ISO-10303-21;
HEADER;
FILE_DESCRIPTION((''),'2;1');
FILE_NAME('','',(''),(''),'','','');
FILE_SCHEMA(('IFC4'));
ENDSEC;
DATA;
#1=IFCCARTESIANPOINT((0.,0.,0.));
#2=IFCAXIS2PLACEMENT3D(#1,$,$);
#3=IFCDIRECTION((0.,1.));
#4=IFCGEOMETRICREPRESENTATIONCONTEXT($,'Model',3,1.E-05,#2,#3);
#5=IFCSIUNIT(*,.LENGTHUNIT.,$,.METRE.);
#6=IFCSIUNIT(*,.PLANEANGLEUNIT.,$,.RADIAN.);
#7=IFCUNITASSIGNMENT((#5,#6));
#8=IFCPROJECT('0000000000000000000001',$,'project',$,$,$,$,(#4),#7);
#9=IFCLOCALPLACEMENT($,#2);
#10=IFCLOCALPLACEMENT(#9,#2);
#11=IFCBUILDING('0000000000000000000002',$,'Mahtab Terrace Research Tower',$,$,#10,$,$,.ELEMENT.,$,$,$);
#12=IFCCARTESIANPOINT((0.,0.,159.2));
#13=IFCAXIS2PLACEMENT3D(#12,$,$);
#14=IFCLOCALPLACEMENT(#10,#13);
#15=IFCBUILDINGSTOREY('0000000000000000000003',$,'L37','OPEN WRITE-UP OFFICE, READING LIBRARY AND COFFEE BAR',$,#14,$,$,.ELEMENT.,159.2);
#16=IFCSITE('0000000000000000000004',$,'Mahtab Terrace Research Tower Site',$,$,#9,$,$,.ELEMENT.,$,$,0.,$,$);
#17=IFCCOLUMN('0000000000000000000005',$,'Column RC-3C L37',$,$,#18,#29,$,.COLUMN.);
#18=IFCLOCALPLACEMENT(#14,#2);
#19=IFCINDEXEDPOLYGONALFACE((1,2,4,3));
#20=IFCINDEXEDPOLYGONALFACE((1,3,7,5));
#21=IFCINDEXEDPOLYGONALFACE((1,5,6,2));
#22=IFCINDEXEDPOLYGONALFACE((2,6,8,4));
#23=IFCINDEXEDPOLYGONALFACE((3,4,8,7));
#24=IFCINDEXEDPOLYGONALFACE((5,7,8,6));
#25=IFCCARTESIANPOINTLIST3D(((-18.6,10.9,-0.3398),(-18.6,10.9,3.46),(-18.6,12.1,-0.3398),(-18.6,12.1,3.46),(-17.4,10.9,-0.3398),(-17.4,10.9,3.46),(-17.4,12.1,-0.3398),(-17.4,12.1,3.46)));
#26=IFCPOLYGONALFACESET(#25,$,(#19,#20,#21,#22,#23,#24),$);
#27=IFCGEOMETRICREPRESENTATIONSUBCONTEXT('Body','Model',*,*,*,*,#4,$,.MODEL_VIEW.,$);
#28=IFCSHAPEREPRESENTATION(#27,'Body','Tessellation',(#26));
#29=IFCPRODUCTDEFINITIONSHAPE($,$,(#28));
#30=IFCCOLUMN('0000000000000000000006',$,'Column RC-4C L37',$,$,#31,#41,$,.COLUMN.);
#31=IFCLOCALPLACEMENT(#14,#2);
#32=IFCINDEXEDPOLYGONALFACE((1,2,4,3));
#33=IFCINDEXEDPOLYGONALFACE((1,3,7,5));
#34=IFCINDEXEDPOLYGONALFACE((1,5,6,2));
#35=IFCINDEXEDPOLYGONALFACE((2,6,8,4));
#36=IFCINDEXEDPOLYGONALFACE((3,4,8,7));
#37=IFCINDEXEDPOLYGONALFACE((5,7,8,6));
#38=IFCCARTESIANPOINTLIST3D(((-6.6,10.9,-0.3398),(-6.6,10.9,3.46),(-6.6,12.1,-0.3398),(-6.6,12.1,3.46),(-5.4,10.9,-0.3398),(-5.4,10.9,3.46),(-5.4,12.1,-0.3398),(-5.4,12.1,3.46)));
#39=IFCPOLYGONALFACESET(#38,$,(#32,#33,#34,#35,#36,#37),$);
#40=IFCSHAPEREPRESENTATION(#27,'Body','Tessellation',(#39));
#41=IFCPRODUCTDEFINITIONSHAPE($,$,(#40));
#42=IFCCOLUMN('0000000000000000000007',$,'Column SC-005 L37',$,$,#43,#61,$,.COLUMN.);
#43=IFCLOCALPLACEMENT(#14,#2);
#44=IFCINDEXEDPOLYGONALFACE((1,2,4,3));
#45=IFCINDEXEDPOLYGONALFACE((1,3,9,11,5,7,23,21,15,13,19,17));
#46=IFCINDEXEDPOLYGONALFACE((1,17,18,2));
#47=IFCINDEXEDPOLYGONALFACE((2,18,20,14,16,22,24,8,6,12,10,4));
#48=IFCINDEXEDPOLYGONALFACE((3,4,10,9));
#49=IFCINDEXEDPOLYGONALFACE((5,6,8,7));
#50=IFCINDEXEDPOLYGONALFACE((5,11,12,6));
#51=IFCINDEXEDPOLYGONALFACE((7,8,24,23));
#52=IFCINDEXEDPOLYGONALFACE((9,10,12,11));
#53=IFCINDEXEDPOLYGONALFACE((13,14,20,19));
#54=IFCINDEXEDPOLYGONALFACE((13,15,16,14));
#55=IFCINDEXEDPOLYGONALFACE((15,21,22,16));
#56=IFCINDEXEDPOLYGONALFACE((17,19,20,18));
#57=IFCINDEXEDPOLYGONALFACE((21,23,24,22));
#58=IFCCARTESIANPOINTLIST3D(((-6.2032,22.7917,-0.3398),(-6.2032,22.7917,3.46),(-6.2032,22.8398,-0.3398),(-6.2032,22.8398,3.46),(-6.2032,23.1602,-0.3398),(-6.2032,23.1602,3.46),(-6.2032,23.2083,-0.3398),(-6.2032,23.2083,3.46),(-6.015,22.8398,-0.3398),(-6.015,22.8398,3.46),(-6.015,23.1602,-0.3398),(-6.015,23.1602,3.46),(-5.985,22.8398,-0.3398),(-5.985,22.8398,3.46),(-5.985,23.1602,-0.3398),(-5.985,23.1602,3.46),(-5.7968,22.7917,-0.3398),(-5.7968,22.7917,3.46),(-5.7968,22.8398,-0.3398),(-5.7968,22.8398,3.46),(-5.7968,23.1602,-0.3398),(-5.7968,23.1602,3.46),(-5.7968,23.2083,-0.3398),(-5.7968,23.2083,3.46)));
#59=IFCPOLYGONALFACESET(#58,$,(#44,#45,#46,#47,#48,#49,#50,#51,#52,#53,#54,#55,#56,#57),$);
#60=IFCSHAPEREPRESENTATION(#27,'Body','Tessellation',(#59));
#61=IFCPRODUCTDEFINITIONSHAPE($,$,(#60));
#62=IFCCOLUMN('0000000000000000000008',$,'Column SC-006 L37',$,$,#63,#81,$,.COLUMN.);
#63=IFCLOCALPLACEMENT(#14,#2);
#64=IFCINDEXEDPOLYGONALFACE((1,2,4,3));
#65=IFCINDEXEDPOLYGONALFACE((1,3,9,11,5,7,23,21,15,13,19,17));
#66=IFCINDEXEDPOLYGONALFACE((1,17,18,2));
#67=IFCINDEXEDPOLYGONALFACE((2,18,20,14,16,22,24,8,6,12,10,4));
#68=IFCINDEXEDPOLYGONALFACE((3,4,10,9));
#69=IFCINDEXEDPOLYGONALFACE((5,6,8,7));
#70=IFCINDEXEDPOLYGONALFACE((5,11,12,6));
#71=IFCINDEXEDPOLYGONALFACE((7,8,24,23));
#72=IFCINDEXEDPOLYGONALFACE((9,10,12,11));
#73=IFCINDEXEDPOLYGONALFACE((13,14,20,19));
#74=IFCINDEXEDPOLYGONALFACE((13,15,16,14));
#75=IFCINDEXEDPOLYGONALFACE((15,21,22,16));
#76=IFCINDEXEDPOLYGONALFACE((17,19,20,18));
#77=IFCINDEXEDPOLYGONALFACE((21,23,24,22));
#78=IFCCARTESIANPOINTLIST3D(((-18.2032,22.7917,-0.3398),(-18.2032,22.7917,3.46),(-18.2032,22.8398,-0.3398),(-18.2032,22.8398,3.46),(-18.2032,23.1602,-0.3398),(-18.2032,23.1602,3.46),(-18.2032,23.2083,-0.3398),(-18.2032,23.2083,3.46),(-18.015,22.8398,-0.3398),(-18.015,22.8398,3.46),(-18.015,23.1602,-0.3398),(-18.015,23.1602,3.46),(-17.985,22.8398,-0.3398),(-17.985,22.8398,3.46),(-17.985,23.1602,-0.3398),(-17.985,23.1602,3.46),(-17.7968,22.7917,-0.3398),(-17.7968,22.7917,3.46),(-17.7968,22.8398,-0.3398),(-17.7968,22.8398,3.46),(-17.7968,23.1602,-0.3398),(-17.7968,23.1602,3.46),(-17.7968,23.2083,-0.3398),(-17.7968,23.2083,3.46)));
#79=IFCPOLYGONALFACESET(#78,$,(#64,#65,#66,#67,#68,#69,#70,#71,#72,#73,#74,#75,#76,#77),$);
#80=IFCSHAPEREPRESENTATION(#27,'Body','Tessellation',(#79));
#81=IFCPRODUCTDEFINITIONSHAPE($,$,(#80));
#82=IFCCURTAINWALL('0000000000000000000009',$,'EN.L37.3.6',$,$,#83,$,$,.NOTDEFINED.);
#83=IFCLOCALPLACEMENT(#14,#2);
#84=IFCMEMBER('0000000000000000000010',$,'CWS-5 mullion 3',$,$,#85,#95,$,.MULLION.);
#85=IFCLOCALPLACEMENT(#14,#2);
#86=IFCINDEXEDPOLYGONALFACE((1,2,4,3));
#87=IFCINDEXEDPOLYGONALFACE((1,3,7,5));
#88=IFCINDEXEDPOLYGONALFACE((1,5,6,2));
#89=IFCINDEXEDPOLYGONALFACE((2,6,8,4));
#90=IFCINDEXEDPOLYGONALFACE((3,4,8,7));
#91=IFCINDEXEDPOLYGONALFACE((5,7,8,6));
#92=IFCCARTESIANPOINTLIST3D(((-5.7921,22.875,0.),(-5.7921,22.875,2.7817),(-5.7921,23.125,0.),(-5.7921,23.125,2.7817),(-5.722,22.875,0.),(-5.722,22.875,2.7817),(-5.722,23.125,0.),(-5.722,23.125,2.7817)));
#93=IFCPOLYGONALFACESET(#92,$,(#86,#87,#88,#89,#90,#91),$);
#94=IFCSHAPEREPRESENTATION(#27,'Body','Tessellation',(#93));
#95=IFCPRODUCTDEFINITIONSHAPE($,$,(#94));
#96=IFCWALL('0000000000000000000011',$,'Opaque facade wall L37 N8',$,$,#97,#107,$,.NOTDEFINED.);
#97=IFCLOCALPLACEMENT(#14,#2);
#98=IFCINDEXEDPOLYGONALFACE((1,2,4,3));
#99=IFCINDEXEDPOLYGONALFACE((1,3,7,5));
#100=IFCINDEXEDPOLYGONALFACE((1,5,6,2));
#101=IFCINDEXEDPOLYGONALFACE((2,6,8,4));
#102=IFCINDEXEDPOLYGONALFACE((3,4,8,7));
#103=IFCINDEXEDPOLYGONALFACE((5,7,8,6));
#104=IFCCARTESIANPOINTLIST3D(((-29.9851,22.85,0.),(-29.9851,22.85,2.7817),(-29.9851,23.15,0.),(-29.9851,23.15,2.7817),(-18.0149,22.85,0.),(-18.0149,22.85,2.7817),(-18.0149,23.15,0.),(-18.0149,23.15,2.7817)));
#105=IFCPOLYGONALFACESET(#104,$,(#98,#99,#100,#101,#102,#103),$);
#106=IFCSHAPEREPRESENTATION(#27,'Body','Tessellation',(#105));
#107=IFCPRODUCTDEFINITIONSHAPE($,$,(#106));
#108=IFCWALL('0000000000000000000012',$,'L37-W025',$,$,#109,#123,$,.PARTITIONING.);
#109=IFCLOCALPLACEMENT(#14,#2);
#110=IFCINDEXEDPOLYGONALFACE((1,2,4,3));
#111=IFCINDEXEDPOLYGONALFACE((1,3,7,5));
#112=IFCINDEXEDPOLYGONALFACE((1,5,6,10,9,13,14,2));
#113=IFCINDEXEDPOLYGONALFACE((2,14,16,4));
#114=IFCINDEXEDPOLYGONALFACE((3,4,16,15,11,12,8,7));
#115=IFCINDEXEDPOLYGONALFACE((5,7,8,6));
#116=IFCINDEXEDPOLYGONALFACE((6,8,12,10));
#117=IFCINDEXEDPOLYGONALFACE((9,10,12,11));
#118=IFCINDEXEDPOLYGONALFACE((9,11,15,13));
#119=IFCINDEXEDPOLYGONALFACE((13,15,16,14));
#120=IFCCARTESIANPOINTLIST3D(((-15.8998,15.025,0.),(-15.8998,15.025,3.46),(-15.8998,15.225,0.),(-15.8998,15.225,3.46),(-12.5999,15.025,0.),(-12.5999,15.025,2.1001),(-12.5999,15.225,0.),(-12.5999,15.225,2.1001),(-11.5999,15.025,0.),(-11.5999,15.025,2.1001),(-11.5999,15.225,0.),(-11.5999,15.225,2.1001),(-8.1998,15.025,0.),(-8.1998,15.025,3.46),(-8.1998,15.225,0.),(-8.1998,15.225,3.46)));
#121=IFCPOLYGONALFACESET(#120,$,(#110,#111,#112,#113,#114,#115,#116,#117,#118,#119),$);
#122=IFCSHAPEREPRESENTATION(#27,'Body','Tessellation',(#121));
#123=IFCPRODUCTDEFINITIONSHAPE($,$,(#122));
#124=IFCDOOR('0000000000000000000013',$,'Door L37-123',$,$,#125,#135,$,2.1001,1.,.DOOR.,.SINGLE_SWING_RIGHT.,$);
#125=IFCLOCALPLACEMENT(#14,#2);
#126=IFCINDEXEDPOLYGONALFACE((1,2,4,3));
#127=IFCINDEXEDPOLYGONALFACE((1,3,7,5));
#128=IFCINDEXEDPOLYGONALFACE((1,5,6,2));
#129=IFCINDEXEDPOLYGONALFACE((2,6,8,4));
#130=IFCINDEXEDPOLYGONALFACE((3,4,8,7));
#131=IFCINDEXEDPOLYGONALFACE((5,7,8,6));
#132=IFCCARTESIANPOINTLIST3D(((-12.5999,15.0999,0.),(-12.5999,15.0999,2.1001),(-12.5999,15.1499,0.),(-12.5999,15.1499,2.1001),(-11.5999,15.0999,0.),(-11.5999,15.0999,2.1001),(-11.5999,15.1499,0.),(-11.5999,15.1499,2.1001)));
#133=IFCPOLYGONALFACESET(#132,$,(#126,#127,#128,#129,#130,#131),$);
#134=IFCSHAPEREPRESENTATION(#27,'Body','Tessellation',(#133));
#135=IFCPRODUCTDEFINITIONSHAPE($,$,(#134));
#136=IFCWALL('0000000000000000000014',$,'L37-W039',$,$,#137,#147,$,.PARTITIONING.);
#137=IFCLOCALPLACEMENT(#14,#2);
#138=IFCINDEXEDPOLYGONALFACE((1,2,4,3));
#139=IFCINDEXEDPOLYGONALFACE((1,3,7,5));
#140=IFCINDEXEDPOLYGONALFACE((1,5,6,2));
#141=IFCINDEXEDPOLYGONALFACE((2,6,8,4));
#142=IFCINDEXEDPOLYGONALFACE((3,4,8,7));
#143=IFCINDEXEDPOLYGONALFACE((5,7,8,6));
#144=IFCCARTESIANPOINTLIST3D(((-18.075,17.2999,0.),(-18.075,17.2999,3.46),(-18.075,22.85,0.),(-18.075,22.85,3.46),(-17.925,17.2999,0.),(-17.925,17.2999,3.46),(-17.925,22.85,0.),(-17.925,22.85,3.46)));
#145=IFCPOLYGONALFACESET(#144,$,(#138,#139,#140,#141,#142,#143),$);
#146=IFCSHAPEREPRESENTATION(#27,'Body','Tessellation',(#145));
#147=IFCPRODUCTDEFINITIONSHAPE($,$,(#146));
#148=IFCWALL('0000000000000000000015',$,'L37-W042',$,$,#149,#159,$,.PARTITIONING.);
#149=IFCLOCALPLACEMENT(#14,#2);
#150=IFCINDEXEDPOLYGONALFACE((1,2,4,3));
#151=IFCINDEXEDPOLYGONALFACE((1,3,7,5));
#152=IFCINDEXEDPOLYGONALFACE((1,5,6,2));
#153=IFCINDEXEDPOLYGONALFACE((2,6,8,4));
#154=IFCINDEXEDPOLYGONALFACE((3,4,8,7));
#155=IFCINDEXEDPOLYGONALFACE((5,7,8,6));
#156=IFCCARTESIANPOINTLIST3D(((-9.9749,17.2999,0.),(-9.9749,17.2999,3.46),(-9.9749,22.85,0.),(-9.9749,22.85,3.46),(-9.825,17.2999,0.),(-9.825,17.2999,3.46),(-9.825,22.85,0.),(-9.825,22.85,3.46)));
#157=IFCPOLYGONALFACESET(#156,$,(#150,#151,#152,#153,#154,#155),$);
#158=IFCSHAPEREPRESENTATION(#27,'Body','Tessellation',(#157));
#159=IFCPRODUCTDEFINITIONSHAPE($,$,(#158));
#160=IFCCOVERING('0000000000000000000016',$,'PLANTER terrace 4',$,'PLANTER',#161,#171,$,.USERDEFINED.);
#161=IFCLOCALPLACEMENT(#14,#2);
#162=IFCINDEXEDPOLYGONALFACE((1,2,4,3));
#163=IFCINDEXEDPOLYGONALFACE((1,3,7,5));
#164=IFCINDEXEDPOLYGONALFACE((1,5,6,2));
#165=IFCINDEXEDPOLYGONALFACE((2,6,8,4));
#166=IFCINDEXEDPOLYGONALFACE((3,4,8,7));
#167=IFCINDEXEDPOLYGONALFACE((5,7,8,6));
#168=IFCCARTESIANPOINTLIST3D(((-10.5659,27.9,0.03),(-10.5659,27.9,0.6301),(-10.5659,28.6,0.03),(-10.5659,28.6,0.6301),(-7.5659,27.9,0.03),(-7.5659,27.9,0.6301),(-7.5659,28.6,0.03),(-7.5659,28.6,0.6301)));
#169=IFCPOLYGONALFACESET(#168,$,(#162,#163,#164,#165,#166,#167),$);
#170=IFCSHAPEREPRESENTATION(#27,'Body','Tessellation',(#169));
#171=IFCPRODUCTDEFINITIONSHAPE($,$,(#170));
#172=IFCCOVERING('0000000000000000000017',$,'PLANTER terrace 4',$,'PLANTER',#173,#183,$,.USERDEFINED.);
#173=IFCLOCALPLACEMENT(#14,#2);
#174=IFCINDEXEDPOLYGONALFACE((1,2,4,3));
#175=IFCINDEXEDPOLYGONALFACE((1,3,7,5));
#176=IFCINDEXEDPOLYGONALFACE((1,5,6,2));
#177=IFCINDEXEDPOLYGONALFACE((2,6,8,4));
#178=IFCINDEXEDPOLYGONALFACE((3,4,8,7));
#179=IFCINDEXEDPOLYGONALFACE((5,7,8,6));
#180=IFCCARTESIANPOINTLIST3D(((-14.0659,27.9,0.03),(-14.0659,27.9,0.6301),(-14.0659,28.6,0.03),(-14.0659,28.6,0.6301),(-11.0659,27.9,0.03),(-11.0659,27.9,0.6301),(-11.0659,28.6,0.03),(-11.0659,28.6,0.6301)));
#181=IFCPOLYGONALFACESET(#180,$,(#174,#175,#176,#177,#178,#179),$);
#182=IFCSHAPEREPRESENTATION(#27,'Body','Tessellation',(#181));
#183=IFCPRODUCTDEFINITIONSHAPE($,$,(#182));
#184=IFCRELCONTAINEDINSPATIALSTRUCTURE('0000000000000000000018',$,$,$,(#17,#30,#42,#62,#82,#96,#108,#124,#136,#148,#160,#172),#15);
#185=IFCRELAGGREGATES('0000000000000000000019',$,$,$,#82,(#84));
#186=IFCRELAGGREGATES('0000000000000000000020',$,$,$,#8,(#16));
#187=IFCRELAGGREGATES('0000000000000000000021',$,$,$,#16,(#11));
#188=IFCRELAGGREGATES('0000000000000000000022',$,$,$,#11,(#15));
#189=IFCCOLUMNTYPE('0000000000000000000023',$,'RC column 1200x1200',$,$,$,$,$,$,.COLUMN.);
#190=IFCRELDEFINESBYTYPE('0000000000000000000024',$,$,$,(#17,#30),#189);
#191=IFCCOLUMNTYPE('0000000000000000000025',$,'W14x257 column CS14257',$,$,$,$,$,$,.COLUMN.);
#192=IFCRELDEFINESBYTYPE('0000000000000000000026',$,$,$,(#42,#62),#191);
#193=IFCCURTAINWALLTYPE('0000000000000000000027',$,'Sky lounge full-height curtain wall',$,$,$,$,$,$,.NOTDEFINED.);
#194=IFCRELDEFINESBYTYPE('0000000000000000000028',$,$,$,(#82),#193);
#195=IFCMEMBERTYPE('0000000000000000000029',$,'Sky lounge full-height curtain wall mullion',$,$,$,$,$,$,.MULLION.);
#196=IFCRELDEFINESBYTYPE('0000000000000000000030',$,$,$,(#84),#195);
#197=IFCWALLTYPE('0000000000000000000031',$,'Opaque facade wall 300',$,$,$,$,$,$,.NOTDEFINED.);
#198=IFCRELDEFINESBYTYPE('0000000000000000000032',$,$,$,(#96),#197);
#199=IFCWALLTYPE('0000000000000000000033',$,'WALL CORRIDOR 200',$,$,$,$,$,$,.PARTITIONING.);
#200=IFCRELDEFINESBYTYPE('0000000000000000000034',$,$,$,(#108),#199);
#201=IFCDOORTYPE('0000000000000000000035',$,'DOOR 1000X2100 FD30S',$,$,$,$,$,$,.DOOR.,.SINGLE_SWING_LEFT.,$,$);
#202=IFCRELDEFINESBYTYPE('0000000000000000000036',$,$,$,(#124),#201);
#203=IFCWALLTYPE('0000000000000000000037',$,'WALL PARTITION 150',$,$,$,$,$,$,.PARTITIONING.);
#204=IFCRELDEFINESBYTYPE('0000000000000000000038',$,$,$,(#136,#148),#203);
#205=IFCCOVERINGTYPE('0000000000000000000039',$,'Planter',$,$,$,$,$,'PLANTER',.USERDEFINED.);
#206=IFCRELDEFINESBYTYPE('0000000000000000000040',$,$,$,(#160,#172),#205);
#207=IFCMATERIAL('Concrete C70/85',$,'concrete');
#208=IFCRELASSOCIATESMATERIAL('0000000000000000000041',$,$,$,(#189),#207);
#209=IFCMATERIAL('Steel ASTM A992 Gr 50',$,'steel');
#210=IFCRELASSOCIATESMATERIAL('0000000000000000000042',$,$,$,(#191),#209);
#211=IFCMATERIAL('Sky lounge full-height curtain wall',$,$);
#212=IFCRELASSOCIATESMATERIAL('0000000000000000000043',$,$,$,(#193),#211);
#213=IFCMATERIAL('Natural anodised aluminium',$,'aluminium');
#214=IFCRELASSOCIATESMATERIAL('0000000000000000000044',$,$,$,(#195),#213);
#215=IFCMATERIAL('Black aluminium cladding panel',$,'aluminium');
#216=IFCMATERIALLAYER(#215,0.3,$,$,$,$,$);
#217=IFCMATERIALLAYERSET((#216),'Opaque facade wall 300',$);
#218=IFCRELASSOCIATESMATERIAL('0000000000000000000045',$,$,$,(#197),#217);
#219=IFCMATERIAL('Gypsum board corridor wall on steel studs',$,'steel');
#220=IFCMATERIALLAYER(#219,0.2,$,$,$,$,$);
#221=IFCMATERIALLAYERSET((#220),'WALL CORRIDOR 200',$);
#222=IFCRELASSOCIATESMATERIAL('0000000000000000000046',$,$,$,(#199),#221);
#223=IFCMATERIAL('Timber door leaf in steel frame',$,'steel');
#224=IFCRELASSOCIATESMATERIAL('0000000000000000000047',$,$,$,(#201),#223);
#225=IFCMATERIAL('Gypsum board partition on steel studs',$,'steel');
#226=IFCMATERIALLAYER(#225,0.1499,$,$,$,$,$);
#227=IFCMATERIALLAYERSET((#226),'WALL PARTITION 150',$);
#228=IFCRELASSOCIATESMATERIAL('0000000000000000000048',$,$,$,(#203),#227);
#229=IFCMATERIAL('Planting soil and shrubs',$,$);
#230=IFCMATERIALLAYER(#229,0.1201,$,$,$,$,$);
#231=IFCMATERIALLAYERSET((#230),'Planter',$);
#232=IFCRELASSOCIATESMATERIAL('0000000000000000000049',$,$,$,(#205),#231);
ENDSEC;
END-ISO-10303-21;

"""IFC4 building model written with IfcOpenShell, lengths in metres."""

from ifc_helpers import new_model, si_unit, direction, frame, frame_2d, origin, origin_2d, place, context, subcontext, project, spatial, rectangle, i_section, extrude, material, layer, layer_set, material_profile, profile_set, type_object, element, fill, aggregate, save


model = new_model("IFC4")

# Units and contexts
model_context = context("Model", 3, precision=1e-05, world=origin(), true_north=direction((0.0, 1.0)))
body_context = subcontext(model_context, "Body", "Model", "MODEL_VIEW")
ifc_project = project(units=[si_unit("LENGTHUNIT", "METRE"), si_unit("PLANEANGLEUNIT", "RADIAN")], contexts=[model_context])

# Site, building, storey
site_placement = place(None, origin())
site = spatial("IfcSite", under=ifc_project, at=site_placement, Name="Mahtab Terrace Research Tower Site", CompositionType="ELEMENT", RefElevation=0.0)
building_placement = place(site_placement, origin())
building = spatial("IfcBuilding", under=site, at=building_placement, Name="Mahtab Terrace Research Tower", CompositionType="ELEMENT")
storey_placement = place(building_placement, frame((0.0, 0.0, 159.2)))
storey = spatial("IfcBuildingStorey", under=building, at=storey_placement, Name="L37", Description="OPEN WRITE-UP OFFICE, READING LIBRARY AND COFFEE BAR", CompositionType="ELEMENT", Elevation=159.2)

# Columns
ifc_material_1 = material(Name="Concrete C70/85", Category="concrete")
ifc_material_profile_1 = material_profile(ifc_material_1, rectangle(XDim=1.2, YDim=1.2, at=origin_2d()), Name="RC column 1200x1200")
ifc_profile_set_1 = profile_set([ifc_material_profile_1], Name="Concrete C70/85")
column_type_1 = type_object("IfcColumnType", Name="RC column 1200x1200", PredefinedType="COLUMN", material=ifc_profile_set_1)
for number, where, z_axis, x_axis, name in (
    (1, (-18.0, 11.5, -0.3398), (0.0, 0.0, 1.0), (1.0, 0.0, 0.0), "Column RC-3C L37"),
    (2, (-6.0, 11.5, -0.3398), (0.0, 0.0, 1.0), (1.0, 0.0, 0.0), "Column RC-4C L37"),
):
    element("IfcColumn", number, at=place(storey_placement, frame(where, z_axis=z_axis, x_axis=x_axis)), inside=storey, type_object=column_type_1, Name=name, PredefinedType="COLUMN", context=body_context, shape_type="SweptSolid", body=[
        extrude(rectangle(XDim=1.2, YDim=1.2, at=origin_2d()), origin(), (0.0, 0.0, 1.0), 3.7998),
    ])
ifc_material_2 = material(Name="Steel ASTM A992 Gr 50", Category="steel")
ifc_material_profile_2 = material_profile(ifc_material_2, i_section(OverallWidth=0.4065, OverallDepth=0.4165, WebThickness=0.03, FlangeThickness=0.0481, at=origin_2d()), Name="W14X257")
ifc_profile_set_2 = profile_set([ifc_material_profile_2], Name="Steel ASTM A992 Gr 50")
column_type_2 = type_object("IfcColumnType", Name="W14x257 column CS14257", PredefinedType="COLUMN", material=ifc_profile_set_2)
for number, where, z_axis, x_axis, name in (
    (3, (-6.0, 23.0, -0.3398), (0.0, 0.0, 1.0), (1.0, 0.0, 0.0), "Column SC-005 L37"),
    (4, (-18.0, 23.0, -0.3398), (0.0, 0.0, 1.0), (1.0, 0.0, 0.0), "Column SC-006 L37"),
):
    element("IfcColumn", number, at=place(storey_placement, frame(where, z_axis=z_axis, x_axis=x_axis)), inside=storey, type_object=column_type_2, Name=name, PredefinedType="COLUMN", context=body_context, shape_type="SweptSolid", body=[
        extrude(i_section(OverallWidth=0.4065, OverallDepth=0.4165, WebThickness=0.03, FlangeThickness=0.0481, at=origin_2d()), origin(), (0.0, 0.0, 1.0), 3.7998),
    ])

# Curtain wall, member
ifc_material_3 = material(Name="Sky lounge full-height curtain wall")
curtain_wall_type = type_object("IfcCurtainWallType", Name="Sky lounge full-height curtain wall", PredefinedType="NOTDEFINED", material=ifc_material_3)
curtain_wall_placement = place(storey_placement, origin())
curtain_wall = element("IfcCurtainWall", 5, at=curtain_wall_placement, inside=storey, type_object=curtain_wall_type, Name="EN.L37.3.6", PredefinedType="NOTDEFINED")
ifc_material_4 = material(Name="Natural anodised aluminium", Category="aluminium")
ifc_material_profile_3 = material_profile(ifc_material_4, rectangle(XDim=0.25, YDim=0.0701, at=origin_2d()), Name="MULLION 70x250")
ifc_profile_set_3 = profile_set([ifc_material_profile_3], Name="Natural anodised aluminium")
member_type = type_object("IfcMemberType", Name="Sky lounge full-height curtain wall mullion", PredefinedType="MULLION", material=ifc_profile_set_3)
member_placement = place(storey_placement, frame((-5.7571, 23.0, 0.0), z_axis=(0.0, 0.0, 1.0), x_axis=(0.0, -1.0, 0.0)))
member = element("IfcMember", 6, at=member_placement, type_object=member_type, Name="CWS-5 mullion 3", PredefinedType="MULLION", context=body_context, shape_type="SweptSolid", body=[
    extrude(rectangle(XDim=0.25, YDim=0.0701, at=origin_2d()), origin(), (0.0, 0.0, 1.0), 2.7817),
])
aggregate(curtain_wall, [member])

# Shared definitions
ifc_material_5 = material(Name="Black aluminium cladding panel", Category="aluminium")
ifc_layer_1 = layer(ifc_material_5, 0.3)
ifc_layer_set_1 = layer_set([ifc_layer_1], Name="Opaque facade wall 300")
wall_type_1 = type_object("IfcWallType", Name="Opaque facade wall 300", PredefinedType="NOTDEFINED", material=ifc_layer_set_1)

# Wall
wall_1_placement = place(storey_placement, frame((-18.0149, 23.0, 0.0), z_axis=(0.0, 0.0, 1.0), x_axis=(-1.0, 0.0, 0.0)))
element("IfcWall", 7, at=wall_1_placement, inside=storey, type_object=wall_type_1, Name="Opaque facade wall L37 N8", PredefinedType="NOTDEFINED", context=body_context, shape_type="SweptSolid", body=[
    extrude(rectangle(XDim=11.9702, YDim=0.3, at=frame_2d((5.9851, 0.0))), origin(), (0.0, 0.0, 1.0), 2.7817),
])

# Wall, opening, door
ifc_material_6 = material(Name="Gypsum board corridor wall on steel studs", Category="steel")
ifc_layer_2 = layer(ifc_material_6, 0.2)
ifc_layer_set_2 = layer_set([ifc_layer_2], Name="WALL CORRIDOR 200")
wall_type_2 = type_object("IfcWallType", Name="WALL CORRIDOR 200", PredefinedType="PARTITIONING", material=ifc_layer_set_2)
wall_2_placement = place(storey_placement, frame((-15.8999, 15.125, 0.0), z_axis=(0.0, 0.0, 1.0), x_axis=(1.0, 0.0, 0.0)))
wall_2 = element("IfcWall", 8, at=wall_2_placement, inside=storey, type_object=wall_type_2, Name="L37-W025", PredefinedType="PARTITIONING", context=body_context, shape_type="SweptSolid", body=[
    extrude(rectangle(XDim=7.7, YDim=0.2, at=frame_2d((3.8501, 0.0))), origin(), (0.0, 0.0, 1.0), 3.46),
])
opening_1_placement = place(wall_2_placement, frame((3.3, 0.0, 0.0)))
opening_1 = element("IfcOpeningElement", 9, at=opening_1_placement, cuts=wall_2, PredefinedType="OPENING", context=body_context, shape_type="SweptSolid", body=[
    extrude(rectangle(XDim=1.0, YDim=2.1001, at=frame_2d((0.5, 1.05))), frame((0.0, 0.1099, 0.0), z_axis=(0.0, -1.0, 0.0), x_axis=(1.0, 0.0, 0.0)), (0.0, 0.0, 1.0), 0.22),
])
ifc_material_7 = material(Name="Timber door leaf in steel frame", Category="steel")
door_type_1 = type_object("IfcDoorType", Name="DOOR 1000X2100 FD30S", OperationType="SINGLE_SWING_LEFT", PredefinedType="DOOR", material=ifc_material_7)
door_1_placement = place(opening_1_placement, origin())
door_1 = element("IfcDoor", 10, at=door_1_placement, inside=storey, type_object=door_type_1, Name="Door L37-123", OperationType="SINGLE_SWING_RIGHT", OverallHeight=2.1001, OverallWidth=1.0, PredefinedType="DOOR", context=body_context, shape_type="SweptSolid", body=[
    extrude(rectangle(XDim=1.0, YDim=2.1001, at=frame_2d((0.5, 1.05))), frame((0.0, 0.0249, 0.0), z_axis=(0.0, -1.0, 0.0), x_axis=(1.0, 0.0, 0.0)), (0.0, 0.0, 1.0), 0.05),
])
fill(opening_1, door_1)

# Walls
ifc_material_8 = material(Name="Gypsum board partition on steel studs", Category="steel")
ifc_layer_3 = layer(ifc_material_8, 0.1499)
ifc_layer_set_3 = layer_set([ifc_layer_3], Name="WALL PARTITION 150")
wall_type_3 = type_object("IfcWallType", Name="WALL PARTITION 150", PredefinedType="PARTITIONING", material=ifc_layer_set_3)
for number, where, z_axis, x_axis, name in (
    (11, (-18.0, 17.3, 0.0), (0.0, 0.0, 1.0), (0.0, 1.0, 0.0), "L37-W039"),
    (12, (-9.8999, 17.3, 0.0), (0.0, 0.0, 1.0), (0.0, 1.0, 0.0), "L37-W042"),
):
    element("IfcWall", number, at=place(storey_placement, frame(where, z_axis=z_axis, x_axis=x_axis)), inside=storey, type_object=wall_type_3, Name=name, PredefinedType="PARTITIONING", context=body_context, shape_type="SweptSolid", body=[
        extrude(rectangle(XDim=5.55, YDim=0.1499, at=frame_2d((2.7749, 0.0))), origin(), (0.0, 0.0, 1.0), 3.46),
    ])

# Coverings
ifc_material_9 = material(Name="Planting soil and shrubs")
ifc_layer_4 = layer(ifc_material_9, 0.1201)
ifc_layer_set_4 = layer_set([ifc_layer_4], Name="Planter")
covering_type_1 = type_object("IfcCoveringType", Name="Planter", ElementType="PLANTER", PredefinedType="USERDEFINED", material=ifc_layer_set_4)
for number, where, z_axis, x_axis, name in (
    (13, (-9.0659, 28.25, 0.03), (0.0, 0.0, 1.0), (-1.0, 0.0, 0.0), "PLANTER terrace 4"),
    (14, (-12.5659, 28.25, 0.03), (0.0, 0.0, 1.0), (-1.0, 0.0, 0.0), "PLANTER terrace 4"),
):
    element("IfcCovering", number, at=place(storey_placement, frame(where, z_axis=z_axis, x_axis=x_axis)), inside=storey, type_object=covering_type_1, Name=name, ObjectType="PLANTER", PredefinedType="USERDEFINED", context=body_context, shape_type="SweptSolid", body=[
        extrude(rectangle(XDim=3.0, YDim=0.7, at=origin_2d()), origin(), (0.0, 0.0, 1.0), 0.6001),
    ])

save(model, "model.ifc")
